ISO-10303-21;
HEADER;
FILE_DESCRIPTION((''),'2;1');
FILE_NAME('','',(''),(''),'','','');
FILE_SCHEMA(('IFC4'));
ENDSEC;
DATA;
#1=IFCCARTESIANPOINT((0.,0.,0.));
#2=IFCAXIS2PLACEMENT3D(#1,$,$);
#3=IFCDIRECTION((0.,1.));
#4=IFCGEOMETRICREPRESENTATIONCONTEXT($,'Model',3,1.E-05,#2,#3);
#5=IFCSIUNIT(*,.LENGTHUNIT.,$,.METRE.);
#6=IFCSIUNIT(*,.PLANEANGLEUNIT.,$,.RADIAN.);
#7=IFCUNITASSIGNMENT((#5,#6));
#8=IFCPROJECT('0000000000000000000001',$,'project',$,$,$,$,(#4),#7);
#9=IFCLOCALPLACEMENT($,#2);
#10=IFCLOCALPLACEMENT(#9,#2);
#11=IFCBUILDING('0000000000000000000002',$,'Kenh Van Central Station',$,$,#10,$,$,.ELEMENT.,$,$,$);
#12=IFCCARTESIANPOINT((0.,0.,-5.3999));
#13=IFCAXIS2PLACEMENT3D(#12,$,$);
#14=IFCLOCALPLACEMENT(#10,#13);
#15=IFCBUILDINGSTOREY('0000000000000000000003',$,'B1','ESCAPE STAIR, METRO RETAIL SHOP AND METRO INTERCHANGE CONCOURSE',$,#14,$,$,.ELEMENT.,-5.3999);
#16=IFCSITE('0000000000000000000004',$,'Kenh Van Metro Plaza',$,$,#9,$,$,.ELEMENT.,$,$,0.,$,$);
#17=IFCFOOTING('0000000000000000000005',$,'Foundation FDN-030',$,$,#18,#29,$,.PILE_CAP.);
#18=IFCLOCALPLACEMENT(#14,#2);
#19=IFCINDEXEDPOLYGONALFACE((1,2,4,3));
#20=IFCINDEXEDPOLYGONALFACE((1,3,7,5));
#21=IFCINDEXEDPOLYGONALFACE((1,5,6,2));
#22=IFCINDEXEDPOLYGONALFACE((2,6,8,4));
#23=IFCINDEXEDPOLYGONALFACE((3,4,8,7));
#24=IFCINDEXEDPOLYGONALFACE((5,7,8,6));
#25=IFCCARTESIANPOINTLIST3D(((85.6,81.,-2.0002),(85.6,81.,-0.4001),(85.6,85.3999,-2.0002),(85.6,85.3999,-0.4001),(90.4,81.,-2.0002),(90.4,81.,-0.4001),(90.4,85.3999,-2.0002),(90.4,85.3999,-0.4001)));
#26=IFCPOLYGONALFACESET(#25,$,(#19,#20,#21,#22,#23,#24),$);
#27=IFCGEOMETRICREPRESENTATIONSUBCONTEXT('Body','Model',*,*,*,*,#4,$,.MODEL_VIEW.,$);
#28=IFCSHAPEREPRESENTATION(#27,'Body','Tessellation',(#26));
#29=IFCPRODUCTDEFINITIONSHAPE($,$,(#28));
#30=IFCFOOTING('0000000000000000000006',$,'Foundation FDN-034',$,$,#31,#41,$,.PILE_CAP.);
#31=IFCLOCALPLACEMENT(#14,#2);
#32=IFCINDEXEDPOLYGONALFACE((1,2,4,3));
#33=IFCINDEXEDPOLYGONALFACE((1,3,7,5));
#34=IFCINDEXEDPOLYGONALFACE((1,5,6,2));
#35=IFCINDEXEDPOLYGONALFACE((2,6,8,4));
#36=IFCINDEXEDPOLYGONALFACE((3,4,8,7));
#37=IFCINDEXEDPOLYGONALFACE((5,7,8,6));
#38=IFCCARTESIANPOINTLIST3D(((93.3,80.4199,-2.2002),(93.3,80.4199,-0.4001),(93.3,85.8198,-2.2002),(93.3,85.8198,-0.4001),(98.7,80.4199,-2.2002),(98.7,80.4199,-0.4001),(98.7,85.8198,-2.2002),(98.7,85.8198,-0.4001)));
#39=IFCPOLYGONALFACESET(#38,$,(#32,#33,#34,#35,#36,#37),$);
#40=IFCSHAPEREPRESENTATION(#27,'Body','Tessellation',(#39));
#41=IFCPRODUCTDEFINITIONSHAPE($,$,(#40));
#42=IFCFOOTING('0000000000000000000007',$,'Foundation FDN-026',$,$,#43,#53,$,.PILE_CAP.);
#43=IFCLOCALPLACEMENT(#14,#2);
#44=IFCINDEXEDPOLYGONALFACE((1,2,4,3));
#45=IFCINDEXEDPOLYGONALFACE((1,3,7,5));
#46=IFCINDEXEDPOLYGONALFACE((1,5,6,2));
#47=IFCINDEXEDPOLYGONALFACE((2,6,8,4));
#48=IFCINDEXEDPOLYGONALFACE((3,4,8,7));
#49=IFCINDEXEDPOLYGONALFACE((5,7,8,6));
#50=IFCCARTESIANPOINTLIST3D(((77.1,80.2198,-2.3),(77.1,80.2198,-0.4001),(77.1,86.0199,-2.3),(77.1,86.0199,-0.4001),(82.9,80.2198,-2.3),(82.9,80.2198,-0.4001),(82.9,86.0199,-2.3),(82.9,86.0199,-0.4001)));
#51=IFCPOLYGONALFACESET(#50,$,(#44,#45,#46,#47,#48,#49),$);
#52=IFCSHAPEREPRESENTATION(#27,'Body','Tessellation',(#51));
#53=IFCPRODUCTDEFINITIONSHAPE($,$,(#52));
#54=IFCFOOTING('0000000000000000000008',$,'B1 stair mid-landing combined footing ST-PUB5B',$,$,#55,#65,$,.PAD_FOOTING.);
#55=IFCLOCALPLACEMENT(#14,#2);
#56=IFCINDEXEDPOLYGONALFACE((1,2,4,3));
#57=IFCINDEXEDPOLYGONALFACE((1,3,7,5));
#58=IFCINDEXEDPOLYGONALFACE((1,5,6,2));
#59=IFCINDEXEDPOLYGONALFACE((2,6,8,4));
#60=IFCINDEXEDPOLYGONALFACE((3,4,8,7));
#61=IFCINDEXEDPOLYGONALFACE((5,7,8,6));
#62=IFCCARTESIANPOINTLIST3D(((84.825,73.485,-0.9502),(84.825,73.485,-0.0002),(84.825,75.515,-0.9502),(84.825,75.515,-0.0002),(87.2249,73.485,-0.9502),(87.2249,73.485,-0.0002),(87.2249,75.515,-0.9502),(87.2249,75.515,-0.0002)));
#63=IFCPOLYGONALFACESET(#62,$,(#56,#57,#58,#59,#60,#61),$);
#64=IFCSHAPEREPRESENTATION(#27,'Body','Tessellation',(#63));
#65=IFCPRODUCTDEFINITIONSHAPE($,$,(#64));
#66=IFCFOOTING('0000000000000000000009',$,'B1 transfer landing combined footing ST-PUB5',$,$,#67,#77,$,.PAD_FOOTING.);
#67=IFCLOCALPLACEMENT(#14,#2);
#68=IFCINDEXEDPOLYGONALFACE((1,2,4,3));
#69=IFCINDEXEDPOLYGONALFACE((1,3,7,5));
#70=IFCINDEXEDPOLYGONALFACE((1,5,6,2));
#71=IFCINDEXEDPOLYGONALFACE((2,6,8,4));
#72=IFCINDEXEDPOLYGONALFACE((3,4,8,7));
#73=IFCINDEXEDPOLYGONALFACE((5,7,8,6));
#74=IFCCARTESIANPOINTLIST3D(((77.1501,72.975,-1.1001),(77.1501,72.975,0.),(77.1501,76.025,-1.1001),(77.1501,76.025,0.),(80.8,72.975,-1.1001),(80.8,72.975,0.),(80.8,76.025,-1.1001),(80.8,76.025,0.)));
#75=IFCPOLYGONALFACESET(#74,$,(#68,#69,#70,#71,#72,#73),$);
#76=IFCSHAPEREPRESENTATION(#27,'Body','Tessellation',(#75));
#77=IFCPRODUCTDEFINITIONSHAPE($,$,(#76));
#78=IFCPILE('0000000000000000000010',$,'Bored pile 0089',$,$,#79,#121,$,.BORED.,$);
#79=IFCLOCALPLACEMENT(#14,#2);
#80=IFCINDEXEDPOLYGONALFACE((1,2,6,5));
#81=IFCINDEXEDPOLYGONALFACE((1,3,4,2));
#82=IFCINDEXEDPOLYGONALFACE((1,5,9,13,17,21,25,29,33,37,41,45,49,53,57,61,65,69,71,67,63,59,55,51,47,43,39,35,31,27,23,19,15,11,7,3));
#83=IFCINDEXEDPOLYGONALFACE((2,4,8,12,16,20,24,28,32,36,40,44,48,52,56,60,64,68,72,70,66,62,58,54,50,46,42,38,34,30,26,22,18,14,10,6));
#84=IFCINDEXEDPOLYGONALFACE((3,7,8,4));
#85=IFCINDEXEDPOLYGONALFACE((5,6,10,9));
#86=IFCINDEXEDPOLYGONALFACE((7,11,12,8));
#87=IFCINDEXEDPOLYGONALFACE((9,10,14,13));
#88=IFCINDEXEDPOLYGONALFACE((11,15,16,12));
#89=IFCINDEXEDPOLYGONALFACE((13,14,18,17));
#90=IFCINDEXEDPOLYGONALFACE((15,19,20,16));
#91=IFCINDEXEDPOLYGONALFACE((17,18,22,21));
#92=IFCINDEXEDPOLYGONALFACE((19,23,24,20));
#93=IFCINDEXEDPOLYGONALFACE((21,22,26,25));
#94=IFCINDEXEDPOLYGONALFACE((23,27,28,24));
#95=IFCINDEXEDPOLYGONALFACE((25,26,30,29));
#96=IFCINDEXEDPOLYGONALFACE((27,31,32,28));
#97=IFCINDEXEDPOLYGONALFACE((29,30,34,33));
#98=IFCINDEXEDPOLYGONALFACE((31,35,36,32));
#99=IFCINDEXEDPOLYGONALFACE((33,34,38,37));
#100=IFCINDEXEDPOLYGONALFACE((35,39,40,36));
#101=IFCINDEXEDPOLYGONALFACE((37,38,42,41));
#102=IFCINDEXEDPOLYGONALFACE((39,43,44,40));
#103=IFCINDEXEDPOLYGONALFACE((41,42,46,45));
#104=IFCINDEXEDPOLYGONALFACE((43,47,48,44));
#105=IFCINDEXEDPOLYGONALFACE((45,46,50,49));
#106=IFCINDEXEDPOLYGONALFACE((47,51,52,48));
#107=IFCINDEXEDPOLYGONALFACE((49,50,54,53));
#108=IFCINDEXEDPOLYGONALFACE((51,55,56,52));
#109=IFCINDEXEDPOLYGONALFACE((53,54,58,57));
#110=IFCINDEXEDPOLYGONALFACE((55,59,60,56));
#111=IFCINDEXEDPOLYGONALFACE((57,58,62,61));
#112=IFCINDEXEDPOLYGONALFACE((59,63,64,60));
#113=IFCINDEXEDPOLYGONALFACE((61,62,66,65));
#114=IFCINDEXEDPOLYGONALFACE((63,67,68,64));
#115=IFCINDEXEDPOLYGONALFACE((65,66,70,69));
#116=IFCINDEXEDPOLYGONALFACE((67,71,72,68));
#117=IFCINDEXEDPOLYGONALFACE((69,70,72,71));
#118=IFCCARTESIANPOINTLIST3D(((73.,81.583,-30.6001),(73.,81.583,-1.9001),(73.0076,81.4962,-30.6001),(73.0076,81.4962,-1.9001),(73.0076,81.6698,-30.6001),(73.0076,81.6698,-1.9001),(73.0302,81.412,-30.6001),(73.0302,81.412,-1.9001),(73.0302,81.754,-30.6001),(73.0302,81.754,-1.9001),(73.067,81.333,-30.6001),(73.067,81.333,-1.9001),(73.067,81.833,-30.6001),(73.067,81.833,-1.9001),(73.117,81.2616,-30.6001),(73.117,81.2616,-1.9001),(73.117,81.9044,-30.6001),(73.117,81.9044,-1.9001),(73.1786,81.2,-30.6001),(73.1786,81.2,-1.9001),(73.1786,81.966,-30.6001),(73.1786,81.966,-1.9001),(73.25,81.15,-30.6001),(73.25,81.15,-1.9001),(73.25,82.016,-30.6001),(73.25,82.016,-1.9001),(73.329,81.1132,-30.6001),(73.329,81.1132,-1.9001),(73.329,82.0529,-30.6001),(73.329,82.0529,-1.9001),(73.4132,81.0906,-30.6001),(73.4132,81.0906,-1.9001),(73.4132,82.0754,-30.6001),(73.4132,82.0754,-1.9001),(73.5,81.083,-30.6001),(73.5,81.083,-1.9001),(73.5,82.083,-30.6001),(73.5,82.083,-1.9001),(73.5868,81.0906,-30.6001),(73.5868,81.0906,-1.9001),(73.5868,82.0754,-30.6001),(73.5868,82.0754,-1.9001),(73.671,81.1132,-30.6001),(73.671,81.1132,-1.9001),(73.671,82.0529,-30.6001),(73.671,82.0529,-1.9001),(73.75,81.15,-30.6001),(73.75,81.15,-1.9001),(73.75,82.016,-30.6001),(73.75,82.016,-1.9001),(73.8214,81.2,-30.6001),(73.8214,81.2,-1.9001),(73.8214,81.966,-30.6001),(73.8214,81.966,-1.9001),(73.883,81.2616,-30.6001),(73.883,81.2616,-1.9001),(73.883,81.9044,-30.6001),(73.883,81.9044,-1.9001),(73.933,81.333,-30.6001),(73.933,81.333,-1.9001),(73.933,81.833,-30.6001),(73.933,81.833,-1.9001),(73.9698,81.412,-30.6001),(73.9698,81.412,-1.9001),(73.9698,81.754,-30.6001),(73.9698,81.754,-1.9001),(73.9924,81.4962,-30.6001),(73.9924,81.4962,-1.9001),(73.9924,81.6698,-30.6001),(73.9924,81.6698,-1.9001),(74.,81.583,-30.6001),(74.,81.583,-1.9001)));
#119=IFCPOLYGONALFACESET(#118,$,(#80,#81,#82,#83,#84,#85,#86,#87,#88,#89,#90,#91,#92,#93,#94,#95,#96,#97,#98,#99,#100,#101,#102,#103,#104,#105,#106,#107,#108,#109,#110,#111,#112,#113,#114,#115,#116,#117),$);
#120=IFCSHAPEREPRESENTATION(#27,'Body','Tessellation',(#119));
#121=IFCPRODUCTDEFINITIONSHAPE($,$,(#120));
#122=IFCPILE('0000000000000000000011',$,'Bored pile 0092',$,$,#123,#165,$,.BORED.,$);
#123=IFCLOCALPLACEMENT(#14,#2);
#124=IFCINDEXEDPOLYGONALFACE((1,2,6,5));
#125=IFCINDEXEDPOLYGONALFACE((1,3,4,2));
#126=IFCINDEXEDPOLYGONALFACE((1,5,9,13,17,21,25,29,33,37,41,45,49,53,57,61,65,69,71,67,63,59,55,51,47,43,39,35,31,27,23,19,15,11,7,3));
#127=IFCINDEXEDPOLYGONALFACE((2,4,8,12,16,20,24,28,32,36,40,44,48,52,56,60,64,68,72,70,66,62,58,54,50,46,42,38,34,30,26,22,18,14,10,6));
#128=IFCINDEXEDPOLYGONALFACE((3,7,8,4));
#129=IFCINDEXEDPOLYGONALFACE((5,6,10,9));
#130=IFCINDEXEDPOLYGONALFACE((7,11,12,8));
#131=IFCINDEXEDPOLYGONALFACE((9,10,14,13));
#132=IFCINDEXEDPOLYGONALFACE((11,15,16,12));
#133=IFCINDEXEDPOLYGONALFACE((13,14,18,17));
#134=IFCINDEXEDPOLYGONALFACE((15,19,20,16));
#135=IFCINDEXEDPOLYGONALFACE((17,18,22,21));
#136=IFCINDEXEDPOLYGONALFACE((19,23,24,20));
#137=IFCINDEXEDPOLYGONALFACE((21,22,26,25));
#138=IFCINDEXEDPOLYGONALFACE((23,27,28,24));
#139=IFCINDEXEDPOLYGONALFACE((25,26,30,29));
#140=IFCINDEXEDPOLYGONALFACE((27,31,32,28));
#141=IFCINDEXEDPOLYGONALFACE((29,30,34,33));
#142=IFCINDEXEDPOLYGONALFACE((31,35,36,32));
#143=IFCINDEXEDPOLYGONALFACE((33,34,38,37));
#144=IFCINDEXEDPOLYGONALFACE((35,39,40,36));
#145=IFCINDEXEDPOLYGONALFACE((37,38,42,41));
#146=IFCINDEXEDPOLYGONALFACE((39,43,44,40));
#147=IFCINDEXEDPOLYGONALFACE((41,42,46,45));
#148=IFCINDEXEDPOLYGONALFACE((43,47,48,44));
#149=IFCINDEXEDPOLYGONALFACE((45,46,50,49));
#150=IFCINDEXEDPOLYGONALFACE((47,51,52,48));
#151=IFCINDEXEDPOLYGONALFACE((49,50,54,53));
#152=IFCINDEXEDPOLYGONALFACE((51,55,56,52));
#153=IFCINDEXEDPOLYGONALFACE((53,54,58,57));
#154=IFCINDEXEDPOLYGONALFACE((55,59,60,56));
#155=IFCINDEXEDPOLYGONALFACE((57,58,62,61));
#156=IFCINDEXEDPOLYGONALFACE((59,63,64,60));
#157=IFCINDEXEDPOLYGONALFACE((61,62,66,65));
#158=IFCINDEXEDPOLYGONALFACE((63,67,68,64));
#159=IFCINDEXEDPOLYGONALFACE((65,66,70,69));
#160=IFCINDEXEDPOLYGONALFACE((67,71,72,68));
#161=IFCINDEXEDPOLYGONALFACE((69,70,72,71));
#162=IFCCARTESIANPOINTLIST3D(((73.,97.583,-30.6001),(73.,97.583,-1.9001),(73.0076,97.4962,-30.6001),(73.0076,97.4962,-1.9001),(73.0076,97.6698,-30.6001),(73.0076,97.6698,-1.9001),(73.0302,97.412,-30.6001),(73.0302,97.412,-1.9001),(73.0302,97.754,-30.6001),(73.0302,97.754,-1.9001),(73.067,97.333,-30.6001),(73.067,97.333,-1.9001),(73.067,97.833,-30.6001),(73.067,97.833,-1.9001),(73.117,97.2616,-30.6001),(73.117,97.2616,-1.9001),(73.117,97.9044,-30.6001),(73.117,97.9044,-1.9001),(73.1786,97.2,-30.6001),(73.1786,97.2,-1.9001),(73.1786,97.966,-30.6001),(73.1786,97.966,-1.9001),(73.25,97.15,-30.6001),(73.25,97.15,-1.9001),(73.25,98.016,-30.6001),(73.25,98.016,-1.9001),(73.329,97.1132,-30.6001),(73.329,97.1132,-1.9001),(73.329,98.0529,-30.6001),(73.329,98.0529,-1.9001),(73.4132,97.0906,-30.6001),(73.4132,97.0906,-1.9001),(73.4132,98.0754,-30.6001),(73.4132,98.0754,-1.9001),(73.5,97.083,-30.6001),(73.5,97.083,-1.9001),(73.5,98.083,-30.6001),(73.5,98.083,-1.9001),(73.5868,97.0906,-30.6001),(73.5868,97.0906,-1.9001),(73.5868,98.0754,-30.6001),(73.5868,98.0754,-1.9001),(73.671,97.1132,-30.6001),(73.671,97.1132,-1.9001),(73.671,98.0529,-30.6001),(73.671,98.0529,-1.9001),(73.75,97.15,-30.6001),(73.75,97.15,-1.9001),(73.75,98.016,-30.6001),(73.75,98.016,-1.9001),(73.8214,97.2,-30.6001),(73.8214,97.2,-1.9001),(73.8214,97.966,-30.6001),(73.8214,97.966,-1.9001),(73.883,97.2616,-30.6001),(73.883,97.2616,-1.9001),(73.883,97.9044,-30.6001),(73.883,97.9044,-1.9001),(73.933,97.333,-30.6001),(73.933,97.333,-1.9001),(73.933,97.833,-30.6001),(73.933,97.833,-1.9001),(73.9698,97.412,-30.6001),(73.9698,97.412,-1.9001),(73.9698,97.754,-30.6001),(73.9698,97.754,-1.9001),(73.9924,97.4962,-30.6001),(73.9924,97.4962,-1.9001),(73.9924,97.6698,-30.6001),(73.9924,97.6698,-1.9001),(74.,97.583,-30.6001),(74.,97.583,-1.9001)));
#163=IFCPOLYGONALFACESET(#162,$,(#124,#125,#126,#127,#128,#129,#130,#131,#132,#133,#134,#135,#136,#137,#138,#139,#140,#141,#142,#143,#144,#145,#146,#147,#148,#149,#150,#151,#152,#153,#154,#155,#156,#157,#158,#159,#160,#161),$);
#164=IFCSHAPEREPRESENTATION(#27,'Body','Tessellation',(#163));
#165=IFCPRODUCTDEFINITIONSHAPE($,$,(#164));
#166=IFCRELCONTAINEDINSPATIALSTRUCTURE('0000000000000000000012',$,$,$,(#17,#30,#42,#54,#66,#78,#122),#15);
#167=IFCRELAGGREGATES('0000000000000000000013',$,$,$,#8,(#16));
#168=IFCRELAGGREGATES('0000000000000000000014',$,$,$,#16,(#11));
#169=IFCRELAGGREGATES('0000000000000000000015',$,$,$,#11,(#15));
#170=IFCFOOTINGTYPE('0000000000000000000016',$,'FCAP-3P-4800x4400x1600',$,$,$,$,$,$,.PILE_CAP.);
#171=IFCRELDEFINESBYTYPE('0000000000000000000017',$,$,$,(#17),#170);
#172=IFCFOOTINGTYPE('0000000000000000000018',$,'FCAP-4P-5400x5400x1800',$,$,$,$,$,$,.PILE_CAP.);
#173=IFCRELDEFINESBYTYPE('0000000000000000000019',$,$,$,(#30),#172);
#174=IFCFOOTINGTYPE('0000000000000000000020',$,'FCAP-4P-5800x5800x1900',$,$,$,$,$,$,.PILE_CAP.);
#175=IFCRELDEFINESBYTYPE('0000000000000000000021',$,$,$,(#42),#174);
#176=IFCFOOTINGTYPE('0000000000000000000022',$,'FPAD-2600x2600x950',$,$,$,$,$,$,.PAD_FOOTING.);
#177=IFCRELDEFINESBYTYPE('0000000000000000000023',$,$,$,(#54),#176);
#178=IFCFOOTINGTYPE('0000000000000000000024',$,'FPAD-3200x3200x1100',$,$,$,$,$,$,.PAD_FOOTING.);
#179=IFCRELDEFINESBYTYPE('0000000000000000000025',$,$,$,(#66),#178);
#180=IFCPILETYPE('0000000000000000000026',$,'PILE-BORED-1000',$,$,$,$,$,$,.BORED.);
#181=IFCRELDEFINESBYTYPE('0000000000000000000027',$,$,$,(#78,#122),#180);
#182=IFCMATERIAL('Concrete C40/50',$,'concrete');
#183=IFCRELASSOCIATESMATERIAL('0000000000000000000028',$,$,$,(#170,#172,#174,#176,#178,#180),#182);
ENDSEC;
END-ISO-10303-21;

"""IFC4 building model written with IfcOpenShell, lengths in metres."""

from ifc_helpers import new_model, si_unit, direction, frame, origin, origin_2d, place, context, subcontext, project, spatial, rectangle, circle, extrude, material, material_profile, profile_set, type_object, element, save


model = new_model("IFC4")

# Units and contexts
model_context = context("Model", 3, precision=1e-05, world=origin(), true_north=direction((0.0, 1.0)))
body_context = subcontext(model_context, "Body", "Model", "MODEL_VIEW")
ifc_project = project(units=[si_unit("LENGTHUNIT", "METRE"), si_unit("PLANEANGLEUNIT", "RADIAN")], contexts=[model_context])

# Site, building, storey
site_placement = place(None, origin())
site = spatial("IfcSite", under=ifc_project, at=site_placement, Name="Kenh Van Metro Plaza", CompositionType="ELEMENT", RefElevation=0.0)
building_placement = place(site_placement, origin())
building = spatial("IfcBuilding", under=site, at=building_placement, Name="Kenh Van Central Station", CompositionType="ELEMENT")
storey_placement = place(building_placement, frame((0.0, 0.0, -5.3999)))
storey = spatial("IfcBuildingStorey", under=building, at=storey_placement, Name="B1", Description="ESCAPE STAIR, METRO RETAIL SHOP AND METRO INTERCHANGE CONCOURSE", CompositionType="ELEMENT", Elevation=-5.3999)

# Footings
ifc_material_1 = material(Name="Concrete C40/50", Category="concrete")
footing_type_1 = type_object("IfcFootingType", Name="FCAP-3P-4800x4400x1600", PredefinedType="PILE_CAP", material=ifc_material_1)
footing_1_placement = place(storey_placement, frame((88.0, 83.2, -2.0002), z_axis=(0.0, 0.0, 1.0), x_axis=(1.0, 0.0, 0.0)))
element("IfcFooting", 1, at=footing_1_placement, inside=storey, type_object=footing_type_1, Name="Foundation FDN-030", PredefinedType="PILE_CAP", context=body_context, shape_type="SweptSolid", body=[
    extrude(rectangle(XDim=4.8, YDim=4.3999, at=origin_2d()), origin(), (0.0, 0.0, 1.0), 1.6001),
])
footing_type_2 = type_object("IfcFootingType", Name="FCAP-4P-5400x5400x1800", PredefinedType="PILE_CAP", material=ifc_material_1)
footing_2_placement = place(storey_placement, frame((96.0, 83.1199, -2.2002), z_axis=(0.0, 0.0, 1.0), x_axis=(1.0, 0.0, 0.0)))
element("IfcFooting", 2, at=footing_2_placement, inside=storey, type_object=footing_type_2, Name="Foundation FDN-034", PredefinedType="PILE_CAP", context=body_context, shape_type="SweptSolid", body=[
    extrude(rectangle(XDim=5.3999, YDim=5.3999, at=origin_2d()), origin(), (0.0, 0.0, 1.0), 1.8),
])
footing_type_3 = type_object("IfcFootingType", Name="FCAP-4P-5800x5800x1900", PredefinedType="PILE_CAP", material=ifc_material_1)
footing_3_placement = place(storey_placement, frame((80.0, 83.1199, -2.3), z_axis=(0.0, 0.0, 1.0), x_axis=(1.0, 0.0, 0.0)))
element("IfcFooting", 3, at=footing_3_placement, inside=storey, type_object=footing_type_3, Name="Foundation FDN-026", PredefinedType="PILE_CAP", context=body_context, shape_type="SweptSolid", body=[
    extrude(rectangle(XDim=5.8, YDim=5.8, at=origin_2d()), origin(), (0.0, 0.0, 1.0), 1.8999),
])
footing_type_4 = type_object("IfcFootingType", Name="FPAD-2600x2600x950", PredefinedType="PAD_FOOTING", material=ifc_material_1)
footing_4_placement = place(storey_placement, frame((86.0249, 74.5, -0.9502), z_axis=(0.0, 0.0, 1.0), x_axis=(1.0, 0.0, 0.0)))
element("IfcFooting", 4, at=footing_4_placement, inside=storey, type_object=footing_type_4, Name="B1 stair mid-landing combined footing ST-PUB5B", PredefinedType="PAD_FOOTING", context=body_context, shape_type="SweptSolid", body=[
    extrude(rectangle(XDim=2.3999, YDim=2.03, at=origin_2d()), origin(), (0.0, 0.0, 1.0), 0.95),
])
footing_type_5 = type_object("IfcFootingType", Name="FPAD-3200x3200x1100", PredefinedType="PAD_FOOTING", material=ifc_material_1)
footing_5_placement = place(storey_placement, frame((78.9751, 74.5, -1.1001), z_axis=(0.0, 0.0, 1.0), x_axis=(1.0, 0.0, 0.0)))
element("IfcFooting", 5, at=footing_5_placement, inside=storey, type_object=footing_type_5, Name="B1 transfer landing combined footing ST-PUB5", PredefinedType="PAD_FOOTING", context=body_context, shape_type="SweptSolid", body=[
    extrude(rectangle(XDim=3.6499, YDim=3.05, at=origin_2d()), origin(), (0.0, 0.0, 1.0), 1.1001),
])

# Piles
ifc_material_profile_1 = material_profile(ifc_material_1, circle(Radius=0.5, at=origin_2d()), Name="PILE D1000")
ifc_profile_set_1 = profile_set([ifc_material_profile_1], Name="Concrete C40/50")
pile_type_1 = type_object("IfcPileType", Name="PILE-BORED-1000", PredefinedType="BORED", material=ifc_profile_set_1)
for number, where, z_axis, x_axis, name in (
    (6, (73.5, 81.583, -1.9001), (0.0, 0.0, -1.0), (1.0, 0.0, 0.0), "Bored pile 0089"),
    (7, (73.5, 97.583, -1.9001), (0.0, 0.0, -1.0), (1.0, 0.0, 0.0), "Bored pile 0092"),
):
    element("IfcPile", number, at=place(storey_placement, frame(where, z_axis=z_axis, x_axis=x_axis)), inside=storey, type_object=pile_type_1, Name=name, PredefinedType="BORED", context=body_context, shape_type="SweptSolid", body=[
        extrude(circle(Radius=0.5, at=origin_2d()), origin(), (0.0, 0.0, 1.0), 28.7),
    ])

save(model, "model.ifc")
